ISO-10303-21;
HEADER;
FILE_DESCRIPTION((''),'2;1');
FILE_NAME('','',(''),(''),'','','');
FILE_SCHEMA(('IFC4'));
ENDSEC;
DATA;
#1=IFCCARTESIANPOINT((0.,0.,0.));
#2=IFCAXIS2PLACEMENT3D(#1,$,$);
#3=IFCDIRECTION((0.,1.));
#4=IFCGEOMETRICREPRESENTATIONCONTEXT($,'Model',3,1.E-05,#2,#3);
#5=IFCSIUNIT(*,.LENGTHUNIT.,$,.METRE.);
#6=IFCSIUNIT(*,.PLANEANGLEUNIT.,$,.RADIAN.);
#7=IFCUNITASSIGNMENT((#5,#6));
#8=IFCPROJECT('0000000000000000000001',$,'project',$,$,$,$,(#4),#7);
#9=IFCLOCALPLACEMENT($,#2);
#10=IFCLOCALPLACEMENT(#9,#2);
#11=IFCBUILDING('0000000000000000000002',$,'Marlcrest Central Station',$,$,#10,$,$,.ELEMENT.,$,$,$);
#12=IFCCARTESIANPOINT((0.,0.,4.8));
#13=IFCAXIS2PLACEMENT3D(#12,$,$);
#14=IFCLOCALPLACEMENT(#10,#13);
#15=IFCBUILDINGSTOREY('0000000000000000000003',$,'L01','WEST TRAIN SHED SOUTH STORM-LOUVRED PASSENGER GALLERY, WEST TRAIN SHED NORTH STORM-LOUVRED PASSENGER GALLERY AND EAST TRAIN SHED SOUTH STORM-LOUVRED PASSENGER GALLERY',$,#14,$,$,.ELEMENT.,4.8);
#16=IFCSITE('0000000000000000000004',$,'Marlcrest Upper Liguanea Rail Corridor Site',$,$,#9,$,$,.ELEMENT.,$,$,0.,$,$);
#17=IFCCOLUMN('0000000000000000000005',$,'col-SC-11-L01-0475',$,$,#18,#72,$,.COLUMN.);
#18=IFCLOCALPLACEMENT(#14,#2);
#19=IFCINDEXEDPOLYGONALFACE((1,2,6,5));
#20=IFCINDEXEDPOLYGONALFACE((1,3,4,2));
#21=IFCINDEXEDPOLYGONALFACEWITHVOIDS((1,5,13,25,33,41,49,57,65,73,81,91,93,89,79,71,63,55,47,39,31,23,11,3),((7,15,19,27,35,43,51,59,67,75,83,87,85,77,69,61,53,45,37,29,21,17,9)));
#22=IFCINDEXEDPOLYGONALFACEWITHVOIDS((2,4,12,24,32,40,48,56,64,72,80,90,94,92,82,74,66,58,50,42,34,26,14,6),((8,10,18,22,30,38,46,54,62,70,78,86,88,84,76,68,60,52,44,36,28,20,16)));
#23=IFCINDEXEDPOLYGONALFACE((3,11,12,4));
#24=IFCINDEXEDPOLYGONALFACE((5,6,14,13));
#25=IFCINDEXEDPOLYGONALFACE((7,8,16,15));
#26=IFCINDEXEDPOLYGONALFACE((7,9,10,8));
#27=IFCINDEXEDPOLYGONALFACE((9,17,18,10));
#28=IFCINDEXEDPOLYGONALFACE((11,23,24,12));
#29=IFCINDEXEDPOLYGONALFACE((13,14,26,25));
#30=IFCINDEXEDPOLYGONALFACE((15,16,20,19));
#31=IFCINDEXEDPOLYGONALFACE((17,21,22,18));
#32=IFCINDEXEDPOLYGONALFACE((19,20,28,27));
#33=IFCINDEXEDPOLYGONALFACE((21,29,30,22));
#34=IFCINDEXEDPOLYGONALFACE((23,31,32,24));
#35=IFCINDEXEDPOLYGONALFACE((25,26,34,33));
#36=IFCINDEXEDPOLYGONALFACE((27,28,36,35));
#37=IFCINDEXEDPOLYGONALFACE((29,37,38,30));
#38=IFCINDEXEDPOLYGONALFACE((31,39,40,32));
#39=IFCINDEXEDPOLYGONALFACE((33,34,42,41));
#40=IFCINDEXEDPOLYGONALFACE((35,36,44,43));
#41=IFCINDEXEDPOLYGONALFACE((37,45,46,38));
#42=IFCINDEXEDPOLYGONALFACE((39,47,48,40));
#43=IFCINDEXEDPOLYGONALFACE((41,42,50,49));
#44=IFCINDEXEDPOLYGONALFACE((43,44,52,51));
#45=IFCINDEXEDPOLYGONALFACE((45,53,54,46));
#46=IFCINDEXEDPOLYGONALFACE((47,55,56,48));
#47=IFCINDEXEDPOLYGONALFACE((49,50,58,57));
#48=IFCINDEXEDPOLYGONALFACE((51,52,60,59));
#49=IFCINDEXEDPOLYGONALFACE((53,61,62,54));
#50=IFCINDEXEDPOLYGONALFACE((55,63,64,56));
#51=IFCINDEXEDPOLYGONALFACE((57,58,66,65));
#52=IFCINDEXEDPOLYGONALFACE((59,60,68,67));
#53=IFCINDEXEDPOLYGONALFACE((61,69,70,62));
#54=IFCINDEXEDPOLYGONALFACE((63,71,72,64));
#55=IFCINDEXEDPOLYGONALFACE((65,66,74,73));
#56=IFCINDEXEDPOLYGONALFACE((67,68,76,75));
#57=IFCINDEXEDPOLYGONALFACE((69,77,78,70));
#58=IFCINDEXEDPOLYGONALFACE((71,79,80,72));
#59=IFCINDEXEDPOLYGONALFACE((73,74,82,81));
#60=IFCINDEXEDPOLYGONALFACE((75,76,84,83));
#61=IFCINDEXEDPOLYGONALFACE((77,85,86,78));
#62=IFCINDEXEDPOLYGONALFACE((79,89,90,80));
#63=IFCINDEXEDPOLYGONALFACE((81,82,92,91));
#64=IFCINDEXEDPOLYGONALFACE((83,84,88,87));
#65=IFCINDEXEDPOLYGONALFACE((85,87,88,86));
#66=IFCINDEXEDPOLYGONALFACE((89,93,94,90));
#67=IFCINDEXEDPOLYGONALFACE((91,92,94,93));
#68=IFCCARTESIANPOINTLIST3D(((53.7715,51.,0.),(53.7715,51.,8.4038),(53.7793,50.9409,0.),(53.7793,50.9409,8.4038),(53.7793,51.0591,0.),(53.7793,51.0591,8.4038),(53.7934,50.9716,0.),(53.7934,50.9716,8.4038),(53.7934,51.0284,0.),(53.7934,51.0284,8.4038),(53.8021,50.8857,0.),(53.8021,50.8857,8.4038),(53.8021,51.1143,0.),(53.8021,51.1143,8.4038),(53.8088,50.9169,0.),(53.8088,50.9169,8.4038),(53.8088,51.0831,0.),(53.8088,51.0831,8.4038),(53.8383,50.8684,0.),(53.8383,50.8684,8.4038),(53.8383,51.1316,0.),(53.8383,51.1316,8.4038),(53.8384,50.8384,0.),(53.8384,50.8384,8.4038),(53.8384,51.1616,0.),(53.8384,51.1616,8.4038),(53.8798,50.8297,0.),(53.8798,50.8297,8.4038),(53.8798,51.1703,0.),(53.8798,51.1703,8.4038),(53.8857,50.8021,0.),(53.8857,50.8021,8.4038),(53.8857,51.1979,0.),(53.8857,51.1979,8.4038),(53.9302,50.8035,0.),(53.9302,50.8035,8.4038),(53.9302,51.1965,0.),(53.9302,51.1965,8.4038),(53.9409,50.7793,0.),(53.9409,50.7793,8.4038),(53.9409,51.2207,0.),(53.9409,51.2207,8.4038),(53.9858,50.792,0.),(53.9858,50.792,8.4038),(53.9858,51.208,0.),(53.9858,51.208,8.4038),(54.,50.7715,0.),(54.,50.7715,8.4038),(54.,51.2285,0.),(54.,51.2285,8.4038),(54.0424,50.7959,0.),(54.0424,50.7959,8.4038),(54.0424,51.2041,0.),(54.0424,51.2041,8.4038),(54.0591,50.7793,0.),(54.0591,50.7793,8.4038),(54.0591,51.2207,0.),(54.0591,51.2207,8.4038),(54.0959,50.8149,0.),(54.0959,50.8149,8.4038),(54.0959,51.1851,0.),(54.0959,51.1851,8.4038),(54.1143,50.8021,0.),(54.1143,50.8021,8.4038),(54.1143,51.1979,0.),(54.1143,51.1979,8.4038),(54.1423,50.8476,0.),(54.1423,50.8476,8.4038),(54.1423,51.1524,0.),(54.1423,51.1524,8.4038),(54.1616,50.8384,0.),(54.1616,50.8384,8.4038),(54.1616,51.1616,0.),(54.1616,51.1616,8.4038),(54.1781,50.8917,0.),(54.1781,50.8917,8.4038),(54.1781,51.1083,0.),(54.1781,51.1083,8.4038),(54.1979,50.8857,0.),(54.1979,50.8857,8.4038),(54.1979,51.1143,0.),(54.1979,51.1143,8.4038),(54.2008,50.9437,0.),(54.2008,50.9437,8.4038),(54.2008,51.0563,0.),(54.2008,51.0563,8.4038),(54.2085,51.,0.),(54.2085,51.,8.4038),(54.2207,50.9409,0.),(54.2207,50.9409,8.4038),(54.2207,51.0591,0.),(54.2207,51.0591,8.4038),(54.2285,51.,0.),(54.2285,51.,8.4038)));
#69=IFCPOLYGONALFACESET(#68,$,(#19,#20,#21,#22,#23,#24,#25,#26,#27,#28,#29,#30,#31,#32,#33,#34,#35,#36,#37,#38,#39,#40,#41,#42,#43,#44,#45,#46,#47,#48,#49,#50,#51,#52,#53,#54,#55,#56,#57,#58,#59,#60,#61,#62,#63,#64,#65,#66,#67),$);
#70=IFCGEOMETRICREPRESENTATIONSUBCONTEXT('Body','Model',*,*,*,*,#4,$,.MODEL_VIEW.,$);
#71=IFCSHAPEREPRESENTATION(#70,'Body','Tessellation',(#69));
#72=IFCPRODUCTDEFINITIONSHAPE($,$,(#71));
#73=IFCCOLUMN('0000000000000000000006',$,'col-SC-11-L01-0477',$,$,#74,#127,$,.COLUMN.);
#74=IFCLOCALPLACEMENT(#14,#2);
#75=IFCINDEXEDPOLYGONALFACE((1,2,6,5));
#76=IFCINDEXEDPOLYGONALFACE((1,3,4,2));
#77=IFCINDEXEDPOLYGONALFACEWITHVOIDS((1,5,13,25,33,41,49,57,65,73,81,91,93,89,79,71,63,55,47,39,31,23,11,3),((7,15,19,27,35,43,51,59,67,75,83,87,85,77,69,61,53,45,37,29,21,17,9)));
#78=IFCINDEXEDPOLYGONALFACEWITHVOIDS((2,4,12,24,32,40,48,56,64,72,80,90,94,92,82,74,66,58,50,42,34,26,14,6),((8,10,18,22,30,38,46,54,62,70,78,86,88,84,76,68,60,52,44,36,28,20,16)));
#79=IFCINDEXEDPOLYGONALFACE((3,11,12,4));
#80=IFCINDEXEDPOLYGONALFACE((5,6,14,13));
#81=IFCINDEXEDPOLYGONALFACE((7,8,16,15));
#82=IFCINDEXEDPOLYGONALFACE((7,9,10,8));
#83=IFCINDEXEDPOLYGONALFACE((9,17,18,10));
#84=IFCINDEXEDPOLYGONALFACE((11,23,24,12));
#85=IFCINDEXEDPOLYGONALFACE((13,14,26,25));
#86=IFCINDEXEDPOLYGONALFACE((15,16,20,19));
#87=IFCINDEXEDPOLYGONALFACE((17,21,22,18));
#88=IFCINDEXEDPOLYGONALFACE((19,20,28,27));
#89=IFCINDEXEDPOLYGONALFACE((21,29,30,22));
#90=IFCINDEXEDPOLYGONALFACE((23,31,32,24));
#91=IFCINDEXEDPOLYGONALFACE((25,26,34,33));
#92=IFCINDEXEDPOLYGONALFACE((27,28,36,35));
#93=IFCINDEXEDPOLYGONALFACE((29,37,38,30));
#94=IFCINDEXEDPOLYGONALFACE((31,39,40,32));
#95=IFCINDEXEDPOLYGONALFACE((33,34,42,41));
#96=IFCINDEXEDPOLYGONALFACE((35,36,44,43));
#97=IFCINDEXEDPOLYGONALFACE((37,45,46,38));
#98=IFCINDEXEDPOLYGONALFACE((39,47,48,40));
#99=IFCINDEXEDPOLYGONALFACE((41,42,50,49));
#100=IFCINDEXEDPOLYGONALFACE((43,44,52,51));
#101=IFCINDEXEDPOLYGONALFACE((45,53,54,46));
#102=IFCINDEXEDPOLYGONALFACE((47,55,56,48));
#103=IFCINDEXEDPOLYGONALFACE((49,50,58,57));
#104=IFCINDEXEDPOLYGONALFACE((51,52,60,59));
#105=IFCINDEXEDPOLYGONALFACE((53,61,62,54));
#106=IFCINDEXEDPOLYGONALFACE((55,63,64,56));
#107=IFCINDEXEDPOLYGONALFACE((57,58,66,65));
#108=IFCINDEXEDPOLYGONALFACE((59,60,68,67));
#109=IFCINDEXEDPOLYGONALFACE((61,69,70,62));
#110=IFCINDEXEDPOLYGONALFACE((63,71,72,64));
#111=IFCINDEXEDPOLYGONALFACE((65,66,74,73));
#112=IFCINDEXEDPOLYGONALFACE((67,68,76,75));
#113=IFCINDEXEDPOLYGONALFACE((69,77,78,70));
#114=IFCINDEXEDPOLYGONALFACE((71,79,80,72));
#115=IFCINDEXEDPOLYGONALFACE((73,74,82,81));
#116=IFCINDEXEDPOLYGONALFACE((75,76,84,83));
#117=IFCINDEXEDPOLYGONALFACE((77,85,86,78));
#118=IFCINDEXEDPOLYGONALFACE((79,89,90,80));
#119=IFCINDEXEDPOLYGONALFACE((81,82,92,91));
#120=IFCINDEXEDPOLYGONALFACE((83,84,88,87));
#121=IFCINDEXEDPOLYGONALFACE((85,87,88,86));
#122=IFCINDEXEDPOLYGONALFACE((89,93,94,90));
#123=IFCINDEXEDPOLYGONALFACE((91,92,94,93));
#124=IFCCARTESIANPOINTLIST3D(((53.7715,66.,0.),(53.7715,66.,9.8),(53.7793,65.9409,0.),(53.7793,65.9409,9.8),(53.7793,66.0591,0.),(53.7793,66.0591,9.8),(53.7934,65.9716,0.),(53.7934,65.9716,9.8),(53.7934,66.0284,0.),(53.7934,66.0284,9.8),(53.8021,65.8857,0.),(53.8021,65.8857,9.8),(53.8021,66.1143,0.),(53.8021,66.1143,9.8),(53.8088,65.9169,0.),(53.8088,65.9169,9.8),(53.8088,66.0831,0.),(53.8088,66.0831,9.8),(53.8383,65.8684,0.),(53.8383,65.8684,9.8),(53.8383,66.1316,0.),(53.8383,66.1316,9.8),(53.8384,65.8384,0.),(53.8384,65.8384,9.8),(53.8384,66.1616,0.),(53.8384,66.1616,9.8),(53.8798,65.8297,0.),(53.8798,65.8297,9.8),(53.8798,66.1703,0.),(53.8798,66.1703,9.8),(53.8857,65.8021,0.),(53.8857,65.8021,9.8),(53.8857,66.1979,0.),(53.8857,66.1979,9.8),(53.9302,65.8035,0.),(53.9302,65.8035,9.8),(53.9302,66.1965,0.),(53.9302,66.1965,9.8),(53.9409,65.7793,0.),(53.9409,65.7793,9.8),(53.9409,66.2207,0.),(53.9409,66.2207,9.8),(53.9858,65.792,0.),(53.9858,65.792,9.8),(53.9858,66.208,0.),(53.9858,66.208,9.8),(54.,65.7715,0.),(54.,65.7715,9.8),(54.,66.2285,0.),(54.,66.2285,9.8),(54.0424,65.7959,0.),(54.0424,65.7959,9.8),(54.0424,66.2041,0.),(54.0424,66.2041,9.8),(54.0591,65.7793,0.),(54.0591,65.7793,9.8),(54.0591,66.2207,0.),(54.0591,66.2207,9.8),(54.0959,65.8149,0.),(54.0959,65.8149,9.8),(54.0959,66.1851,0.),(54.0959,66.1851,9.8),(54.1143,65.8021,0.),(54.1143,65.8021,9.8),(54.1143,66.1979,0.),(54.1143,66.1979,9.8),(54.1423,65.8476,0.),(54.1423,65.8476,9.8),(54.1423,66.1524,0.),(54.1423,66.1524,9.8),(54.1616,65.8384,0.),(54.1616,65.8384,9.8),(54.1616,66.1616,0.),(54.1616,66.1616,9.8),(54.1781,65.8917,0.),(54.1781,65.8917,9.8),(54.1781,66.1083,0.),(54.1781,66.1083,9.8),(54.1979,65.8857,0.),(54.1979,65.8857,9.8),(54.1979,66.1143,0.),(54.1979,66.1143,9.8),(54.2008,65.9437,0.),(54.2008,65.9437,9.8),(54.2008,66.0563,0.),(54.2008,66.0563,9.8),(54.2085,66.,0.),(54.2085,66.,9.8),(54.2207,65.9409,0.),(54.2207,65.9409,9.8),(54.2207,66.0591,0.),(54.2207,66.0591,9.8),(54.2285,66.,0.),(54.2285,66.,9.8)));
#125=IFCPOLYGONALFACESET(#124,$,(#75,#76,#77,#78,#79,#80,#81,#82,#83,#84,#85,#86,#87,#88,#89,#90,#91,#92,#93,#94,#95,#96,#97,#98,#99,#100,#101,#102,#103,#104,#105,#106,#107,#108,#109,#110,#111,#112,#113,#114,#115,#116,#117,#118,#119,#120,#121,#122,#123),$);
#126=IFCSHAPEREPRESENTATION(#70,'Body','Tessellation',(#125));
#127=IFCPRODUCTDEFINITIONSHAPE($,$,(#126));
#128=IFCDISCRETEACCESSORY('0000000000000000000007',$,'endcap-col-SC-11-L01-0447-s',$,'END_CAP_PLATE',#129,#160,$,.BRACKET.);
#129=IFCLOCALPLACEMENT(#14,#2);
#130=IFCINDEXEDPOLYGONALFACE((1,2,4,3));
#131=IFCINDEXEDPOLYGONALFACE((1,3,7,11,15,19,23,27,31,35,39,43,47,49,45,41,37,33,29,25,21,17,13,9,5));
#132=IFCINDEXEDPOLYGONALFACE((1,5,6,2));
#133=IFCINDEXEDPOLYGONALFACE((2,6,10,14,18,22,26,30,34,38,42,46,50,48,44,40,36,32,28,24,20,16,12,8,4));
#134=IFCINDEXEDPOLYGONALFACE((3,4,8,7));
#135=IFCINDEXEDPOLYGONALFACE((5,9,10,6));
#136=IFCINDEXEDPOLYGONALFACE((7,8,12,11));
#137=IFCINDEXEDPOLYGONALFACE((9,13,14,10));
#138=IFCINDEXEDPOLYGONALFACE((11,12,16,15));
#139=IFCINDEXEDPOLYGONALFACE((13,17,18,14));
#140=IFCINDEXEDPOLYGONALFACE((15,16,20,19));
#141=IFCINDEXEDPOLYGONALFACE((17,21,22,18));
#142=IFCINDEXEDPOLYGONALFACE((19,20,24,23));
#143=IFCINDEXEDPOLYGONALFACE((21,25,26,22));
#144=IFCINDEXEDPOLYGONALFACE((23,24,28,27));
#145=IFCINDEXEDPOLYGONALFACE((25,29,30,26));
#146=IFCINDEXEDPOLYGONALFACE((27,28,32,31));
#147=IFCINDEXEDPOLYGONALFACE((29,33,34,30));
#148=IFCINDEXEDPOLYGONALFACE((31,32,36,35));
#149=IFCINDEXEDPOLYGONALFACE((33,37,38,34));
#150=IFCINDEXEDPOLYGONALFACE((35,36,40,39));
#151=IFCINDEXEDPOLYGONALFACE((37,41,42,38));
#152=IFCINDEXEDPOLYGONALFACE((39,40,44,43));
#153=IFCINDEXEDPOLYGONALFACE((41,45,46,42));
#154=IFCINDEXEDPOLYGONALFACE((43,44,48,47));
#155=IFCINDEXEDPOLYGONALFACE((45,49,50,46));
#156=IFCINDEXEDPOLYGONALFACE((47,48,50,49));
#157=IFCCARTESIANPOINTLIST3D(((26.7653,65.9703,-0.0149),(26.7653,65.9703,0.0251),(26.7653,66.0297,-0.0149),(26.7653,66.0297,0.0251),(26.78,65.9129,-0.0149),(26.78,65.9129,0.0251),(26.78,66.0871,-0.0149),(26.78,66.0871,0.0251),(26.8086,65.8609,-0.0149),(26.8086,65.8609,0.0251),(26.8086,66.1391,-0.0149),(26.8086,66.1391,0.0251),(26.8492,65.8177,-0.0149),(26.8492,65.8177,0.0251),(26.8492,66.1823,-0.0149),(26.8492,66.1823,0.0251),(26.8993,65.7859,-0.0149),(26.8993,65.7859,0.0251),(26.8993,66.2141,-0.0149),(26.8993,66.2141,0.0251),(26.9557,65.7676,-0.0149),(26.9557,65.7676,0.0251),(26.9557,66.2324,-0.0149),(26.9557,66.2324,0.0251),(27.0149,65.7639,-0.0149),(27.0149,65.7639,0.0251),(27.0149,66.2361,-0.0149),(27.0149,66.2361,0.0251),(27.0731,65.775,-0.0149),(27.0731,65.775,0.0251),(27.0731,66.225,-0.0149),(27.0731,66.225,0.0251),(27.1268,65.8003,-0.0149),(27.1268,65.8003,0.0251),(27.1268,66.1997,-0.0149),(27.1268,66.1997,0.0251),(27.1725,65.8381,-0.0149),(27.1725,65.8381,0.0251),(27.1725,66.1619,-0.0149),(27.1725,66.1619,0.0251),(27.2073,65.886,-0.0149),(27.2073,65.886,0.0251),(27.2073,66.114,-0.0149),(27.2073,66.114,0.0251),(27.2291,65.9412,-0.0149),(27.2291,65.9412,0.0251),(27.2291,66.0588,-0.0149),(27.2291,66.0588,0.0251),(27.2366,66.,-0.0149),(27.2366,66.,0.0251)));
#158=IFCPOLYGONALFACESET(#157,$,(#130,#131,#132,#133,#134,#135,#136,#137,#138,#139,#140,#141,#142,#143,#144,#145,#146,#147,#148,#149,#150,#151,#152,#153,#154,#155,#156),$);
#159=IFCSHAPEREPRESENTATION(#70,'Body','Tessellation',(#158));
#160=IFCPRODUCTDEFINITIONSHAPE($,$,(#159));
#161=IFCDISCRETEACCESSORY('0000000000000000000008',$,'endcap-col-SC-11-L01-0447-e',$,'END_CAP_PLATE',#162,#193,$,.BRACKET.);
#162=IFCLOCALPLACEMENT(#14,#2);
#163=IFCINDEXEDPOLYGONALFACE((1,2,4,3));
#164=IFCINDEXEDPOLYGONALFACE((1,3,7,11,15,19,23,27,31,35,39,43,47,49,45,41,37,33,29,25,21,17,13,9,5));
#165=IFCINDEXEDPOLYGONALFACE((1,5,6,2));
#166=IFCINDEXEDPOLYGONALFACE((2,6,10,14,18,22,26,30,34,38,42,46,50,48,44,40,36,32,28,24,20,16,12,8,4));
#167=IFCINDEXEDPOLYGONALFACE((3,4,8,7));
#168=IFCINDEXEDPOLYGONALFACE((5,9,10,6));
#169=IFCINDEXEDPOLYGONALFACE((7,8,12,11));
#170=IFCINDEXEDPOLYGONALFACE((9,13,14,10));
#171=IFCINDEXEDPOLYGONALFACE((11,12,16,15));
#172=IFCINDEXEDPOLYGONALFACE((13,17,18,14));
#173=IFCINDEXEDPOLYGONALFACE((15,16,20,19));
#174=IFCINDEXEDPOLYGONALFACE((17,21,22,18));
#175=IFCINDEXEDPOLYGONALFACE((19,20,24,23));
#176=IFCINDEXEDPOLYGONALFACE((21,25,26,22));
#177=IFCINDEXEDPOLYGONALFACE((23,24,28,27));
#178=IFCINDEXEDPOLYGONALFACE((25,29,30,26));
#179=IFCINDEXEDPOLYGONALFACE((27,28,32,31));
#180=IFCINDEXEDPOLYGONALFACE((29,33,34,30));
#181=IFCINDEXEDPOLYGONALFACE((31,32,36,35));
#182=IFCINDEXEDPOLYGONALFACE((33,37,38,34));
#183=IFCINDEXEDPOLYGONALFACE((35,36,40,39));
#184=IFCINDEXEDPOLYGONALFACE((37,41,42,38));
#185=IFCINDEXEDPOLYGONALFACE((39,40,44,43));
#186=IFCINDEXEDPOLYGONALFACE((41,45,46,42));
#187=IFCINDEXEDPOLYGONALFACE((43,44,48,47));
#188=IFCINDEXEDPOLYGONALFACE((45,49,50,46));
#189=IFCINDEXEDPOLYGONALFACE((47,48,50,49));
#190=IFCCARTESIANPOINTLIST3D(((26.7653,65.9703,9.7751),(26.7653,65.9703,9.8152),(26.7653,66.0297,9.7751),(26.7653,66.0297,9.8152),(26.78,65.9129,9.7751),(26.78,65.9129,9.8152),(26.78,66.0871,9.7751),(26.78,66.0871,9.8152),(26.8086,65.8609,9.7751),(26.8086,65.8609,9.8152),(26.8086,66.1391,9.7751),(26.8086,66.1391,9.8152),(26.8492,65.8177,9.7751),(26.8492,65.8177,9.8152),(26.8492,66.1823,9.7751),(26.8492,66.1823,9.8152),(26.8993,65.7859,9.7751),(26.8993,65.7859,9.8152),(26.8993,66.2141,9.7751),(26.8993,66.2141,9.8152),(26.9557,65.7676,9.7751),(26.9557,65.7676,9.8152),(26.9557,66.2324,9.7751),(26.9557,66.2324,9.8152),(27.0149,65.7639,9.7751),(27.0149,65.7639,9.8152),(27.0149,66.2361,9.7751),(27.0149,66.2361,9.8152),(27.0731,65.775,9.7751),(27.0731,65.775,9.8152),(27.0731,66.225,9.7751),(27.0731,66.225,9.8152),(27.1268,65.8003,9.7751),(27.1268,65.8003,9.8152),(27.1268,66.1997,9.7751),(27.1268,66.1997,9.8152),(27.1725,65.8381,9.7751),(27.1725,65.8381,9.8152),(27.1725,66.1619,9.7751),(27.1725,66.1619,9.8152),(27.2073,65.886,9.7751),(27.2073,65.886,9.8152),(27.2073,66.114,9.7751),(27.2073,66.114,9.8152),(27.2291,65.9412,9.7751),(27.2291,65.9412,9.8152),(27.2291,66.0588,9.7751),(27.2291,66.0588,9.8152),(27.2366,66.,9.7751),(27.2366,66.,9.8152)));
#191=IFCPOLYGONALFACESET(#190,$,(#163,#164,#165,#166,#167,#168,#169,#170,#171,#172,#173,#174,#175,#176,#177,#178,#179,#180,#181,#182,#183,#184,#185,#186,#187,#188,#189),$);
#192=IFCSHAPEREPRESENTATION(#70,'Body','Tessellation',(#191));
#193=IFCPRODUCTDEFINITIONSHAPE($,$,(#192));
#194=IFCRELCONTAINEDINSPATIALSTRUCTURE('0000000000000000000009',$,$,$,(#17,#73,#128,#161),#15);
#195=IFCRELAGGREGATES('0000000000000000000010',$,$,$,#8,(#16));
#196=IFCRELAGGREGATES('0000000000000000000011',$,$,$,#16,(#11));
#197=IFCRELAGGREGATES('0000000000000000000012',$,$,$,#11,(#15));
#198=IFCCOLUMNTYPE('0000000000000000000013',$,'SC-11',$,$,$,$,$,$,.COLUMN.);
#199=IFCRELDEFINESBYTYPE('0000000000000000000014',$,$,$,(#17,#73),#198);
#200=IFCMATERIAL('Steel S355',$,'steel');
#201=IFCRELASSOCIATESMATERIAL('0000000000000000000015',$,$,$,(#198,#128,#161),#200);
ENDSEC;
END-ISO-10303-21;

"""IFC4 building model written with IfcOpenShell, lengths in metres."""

from ifc_helpers import new_model, si_unit, direction, frame, origin, origin_2d, place, context, subcontext, project, spatial, circle, hollow_circle, extrude, material, material_profile, profile_set, type_object, element, save


model = new_model("IFC4")

# Units and contexts
model_context = context("Model", 3, precision=1e-05, world=origin(), true_north=direction((0.0, 1.0)))
body_context = subcontext(model_context, "Body", "Model", "MODEL_VIEW")
ifc_project = project(units=[si_unit("LENGTHUNIT", "METRE"), si_unit("PLANEANGLEUNIT", "RADIAN")], contexts=[model_context])

# Site, building, storey
site_placement = place(None, origin())
site = spatial("IfcSite", under=ifc_project, at=site_placement, Name="Marlcrest Upper Liguanea Rail Corridor Site", CompositionType="ELEMENT", RefElevation=0.0)
building_placement = place(site_placement, origin())
building = spatial("IfcBuilding", under=site, at=building_placement, Name="Marlcrest Central Station", CompositionType="ELEMENT")
storey_placement = place(building_placement, frame((0.0, 0.0, 4.8)))
storey = spatial("IfcBuildingStorey", under=building, at=storey_placement, Name="L01", Description="WEST TRAIN SHED SOUTH STORM-LOUVRED PASSENGER GALLERY, WEST TRAIN SHED NORTH STORM-LOUVRED PASSENGER GALLERY AND EAST TRAIN SHED SOUTH STORM-LOUVRED PASSENGER GALLERY", CompositionType="ELEMENT", Elevation=4.8)

# Columns
ifc_material = material(Name="Steel S355", Category="steel")
ifc_material_profile = material_profile(ifc_material, hollow_circle(Radius=0.2285, WallThickness=0.02, at=origin_2d()), Name="CHS 457x20")
ifc_profile_set = profile_set([ifc_material_profile], Name="Steel S355")
column_type = type_object("IfcColumnType", Name="SC-11", PredefinedType="COLUMN", material=ifc_profile_set)
for number, where, z_axis, x_axis, name in (
    (1, (54.0, 51.0, 0.0), (0.0, 0.0, 1.0), (1.0, 0.0, 0.0), "col-SC-11-L01-0475"),
):
    element("IfcColumn", number, at=place(storey_placement, frame(where, z_axis=z_axis, x_axis=x_axis)), inside=storey, type_object=column_type, Name=name, PredefinedType="COLUMN", context=body_context, shape_type="SweptSolid", body=[
        extrude(hollow_circle(Radius=0.2285, WallThickness=0.02, at=origin_2d()), origin(), (0.0, 0.0, 1.0), 8.4038),
    ])
column_1_placement = place(storey_placement, frame((54.0, 66.0, 0.0), z_axis=(0.0, 0.0, 1.0), x_axis=(1.0, 0.0, 0.0)))
element("IfcColumn", 2, at=column_1_placement, inside=storey, type_object=column_type, Name="col-SC-11-L01-0477", PredefinedType="COLUMN", context=body_context, shape_type="SweptSolid", body=[
    extrude(hollow_circle(Radius=0.2285, WallThickness=0.02, at=origin_2d()), origin(), (0.0, 0.0, 1.0), 9.8),
])

# Discrete accessories
for number, where, z_axis, x_axis, name in (
    (3, (27.0, 66.0, -0.0149), (0.0, 0.0, 1.0), (1.0, 0.0, 0.0), "endcap-col-SC-11-L01-0447-s"),
    (4, (27.0, 66.0, 9.7751), (0.0, 0.0, 1.0), (1.0, 0.0, 0.0), "endcap-col-SC-11-L01-0447-e"),
):
    element("IfcDiscreteAccessory", number, at=place(storey_placement, frame(where, z_axis=z_axis, x_axis=x_axis)), inside=storey, material=ifc_material, Name=name, ObjectType="END_CAP_PLATE", PredefinedType="BRACKET", context=body_context, shape_type="SweptSolid", body=[
        extrude(circle(Radius=0.2366, at=origin_2d()), origin(), (0.0, 0.0, 1.0), 0.04),
    ])

save(model, "model.ifc")
